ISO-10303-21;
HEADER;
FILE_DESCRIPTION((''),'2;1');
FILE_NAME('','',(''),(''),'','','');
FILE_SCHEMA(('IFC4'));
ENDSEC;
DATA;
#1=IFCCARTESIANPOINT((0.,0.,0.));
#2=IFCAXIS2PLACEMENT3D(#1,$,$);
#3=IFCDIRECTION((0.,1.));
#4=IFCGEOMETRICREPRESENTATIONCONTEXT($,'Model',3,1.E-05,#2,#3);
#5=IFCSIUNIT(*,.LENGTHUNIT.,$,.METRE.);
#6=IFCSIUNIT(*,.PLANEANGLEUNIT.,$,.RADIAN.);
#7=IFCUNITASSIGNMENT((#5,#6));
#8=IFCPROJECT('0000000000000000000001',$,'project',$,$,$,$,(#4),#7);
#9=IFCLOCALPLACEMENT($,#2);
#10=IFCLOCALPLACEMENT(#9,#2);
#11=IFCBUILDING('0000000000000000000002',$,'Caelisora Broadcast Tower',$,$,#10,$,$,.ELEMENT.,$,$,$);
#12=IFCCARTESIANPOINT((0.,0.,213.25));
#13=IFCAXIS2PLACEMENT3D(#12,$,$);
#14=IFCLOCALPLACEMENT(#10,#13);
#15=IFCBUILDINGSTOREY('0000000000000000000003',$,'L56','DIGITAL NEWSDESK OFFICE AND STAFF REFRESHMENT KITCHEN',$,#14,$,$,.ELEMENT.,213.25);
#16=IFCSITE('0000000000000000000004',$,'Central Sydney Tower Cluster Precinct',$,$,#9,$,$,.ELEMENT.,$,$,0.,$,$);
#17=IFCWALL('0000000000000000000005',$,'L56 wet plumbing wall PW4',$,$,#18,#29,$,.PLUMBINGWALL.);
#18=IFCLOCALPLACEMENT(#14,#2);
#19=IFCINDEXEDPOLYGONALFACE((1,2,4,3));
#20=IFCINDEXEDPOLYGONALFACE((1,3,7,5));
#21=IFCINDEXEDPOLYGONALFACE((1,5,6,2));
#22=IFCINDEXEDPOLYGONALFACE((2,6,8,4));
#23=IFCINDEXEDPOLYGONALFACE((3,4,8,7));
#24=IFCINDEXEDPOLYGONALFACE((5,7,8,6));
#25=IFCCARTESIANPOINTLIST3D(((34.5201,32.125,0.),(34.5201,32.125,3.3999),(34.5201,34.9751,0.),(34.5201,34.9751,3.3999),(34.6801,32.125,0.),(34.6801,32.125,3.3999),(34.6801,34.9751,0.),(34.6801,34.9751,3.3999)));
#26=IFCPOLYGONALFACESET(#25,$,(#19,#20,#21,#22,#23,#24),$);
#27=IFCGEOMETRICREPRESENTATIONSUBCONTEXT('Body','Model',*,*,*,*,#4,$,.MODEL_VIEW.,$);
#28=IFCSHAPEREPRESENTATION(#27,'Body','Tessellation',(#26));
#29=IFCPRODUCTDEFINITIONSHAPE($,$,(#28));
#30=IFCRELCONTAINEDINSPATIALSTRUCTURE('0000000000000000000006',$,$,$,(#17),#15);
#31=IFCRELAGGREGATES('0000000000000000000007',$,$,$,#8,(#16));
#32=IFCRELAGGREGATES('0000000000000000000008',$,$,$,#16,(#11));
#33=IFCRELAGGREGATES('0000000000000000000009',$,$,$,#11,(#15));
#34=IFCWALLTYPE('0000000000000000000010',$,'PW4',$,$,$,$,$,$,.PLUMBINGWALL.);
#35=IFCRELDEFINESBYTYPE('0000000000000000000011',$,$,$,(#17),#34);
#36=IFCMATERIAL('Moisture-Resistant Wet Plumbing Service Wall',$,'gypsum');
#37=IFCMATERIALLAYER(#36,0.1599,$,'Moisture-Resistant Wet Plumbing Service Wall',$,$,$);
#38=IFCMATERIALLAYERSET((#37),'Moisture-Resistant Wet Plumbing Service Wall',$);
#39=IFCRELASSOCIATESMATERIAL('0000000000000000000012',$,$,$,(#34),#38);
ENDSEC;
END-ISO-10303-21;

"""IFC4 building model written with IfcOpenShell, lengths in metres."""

from ifc_helpers import new_model, si_unit, direction, frame, frame_2d, origin, place, context, subcontext, project, spatial, rectangle, extrude, material, layer, layer_set, type_object, element, save


model = new_model("IFC4")

# Units and contexts
model_context = context("Model", 3, precision=1e-05, world=origin(), true_north=direction((0.0, 1.0)))
body_context = subcontext(model_context, "Body", "Model", "MODEL_VIEW")
ifc_project = project(units=[si_unit("LENGTHUNIT", "METRE"), si_unit("PLANEANGLEUNIT", "RADIAN")], contexts=[model_context])

# Site, building, storey
site_placement = place(None, origin())
site = spatial("IfcSite", under=ifc_project, at=site_placement, Name="Central Sydney Tower Cluster Precinct", CompositionType="ELEMENT", RefElevation=0.0)
building_placement = place(site_placement, origin())
building = spatial("IfcBuilding", under=site, at=building_placement, Name="Caelisora Broadcast Tower", CompositionType="ELEMENT")
storey_placement = place(building_placement, frame((0.0, 0.0, 213.25)))
storey = spatial("IfcBuildingStorey", under=building, at=storey_placement, Name="L56", Description="DIGITAL NEWSDESK OFFICE AND STAFF REFRESHMENT KITCHEN", CompositionType="ELEMENT", Elevation=213.25)

# Wall
ifc_material_1 = material(Name="Moisture-Resistant Wet Plumbing Service Wall", Category="gypsum")
ifc_layer_1 = layer(ifc_material_1, 0.1599, Name="Moisture-Resistant Wet Plumbing Service Wall")
ifc_layer_set_1 = layer_set([ifc_layer_1], Name="Moisture-Resistant Wet Plumbing Service Wall")
wall_type_1 = type_object("IfcWallType", Name="PW4", PredefinedType="PLUMBINGWALL", material=ifc_layer_set_1)
for number, where, z_axis, x_axis, name in (
    (1, (34.6001, 32.125, 0.0), (0.0, 0.0, 1.0), (0.0, 1.0, 0.0), "L56 wet plumbing wall PW4"),
):
    element("IfcWall", number, at=place(storey_placement, frame(where, z_axis=z_axis, x_axis=x_axis)), inside=storey, type_object=wall_type_1, Name=name, PredefinedType="PLUMBINGWALL", context=body_context, shape_type="SweptSolid", body=[
        extrude(rectangle(XDim=2.8501, YDim=0.1599, at=frame_2d((1.425, 0.0))), origin(), (0.0, 0.0, 1.0), 3.3999),
    ])

save(model, "model.ifc")
